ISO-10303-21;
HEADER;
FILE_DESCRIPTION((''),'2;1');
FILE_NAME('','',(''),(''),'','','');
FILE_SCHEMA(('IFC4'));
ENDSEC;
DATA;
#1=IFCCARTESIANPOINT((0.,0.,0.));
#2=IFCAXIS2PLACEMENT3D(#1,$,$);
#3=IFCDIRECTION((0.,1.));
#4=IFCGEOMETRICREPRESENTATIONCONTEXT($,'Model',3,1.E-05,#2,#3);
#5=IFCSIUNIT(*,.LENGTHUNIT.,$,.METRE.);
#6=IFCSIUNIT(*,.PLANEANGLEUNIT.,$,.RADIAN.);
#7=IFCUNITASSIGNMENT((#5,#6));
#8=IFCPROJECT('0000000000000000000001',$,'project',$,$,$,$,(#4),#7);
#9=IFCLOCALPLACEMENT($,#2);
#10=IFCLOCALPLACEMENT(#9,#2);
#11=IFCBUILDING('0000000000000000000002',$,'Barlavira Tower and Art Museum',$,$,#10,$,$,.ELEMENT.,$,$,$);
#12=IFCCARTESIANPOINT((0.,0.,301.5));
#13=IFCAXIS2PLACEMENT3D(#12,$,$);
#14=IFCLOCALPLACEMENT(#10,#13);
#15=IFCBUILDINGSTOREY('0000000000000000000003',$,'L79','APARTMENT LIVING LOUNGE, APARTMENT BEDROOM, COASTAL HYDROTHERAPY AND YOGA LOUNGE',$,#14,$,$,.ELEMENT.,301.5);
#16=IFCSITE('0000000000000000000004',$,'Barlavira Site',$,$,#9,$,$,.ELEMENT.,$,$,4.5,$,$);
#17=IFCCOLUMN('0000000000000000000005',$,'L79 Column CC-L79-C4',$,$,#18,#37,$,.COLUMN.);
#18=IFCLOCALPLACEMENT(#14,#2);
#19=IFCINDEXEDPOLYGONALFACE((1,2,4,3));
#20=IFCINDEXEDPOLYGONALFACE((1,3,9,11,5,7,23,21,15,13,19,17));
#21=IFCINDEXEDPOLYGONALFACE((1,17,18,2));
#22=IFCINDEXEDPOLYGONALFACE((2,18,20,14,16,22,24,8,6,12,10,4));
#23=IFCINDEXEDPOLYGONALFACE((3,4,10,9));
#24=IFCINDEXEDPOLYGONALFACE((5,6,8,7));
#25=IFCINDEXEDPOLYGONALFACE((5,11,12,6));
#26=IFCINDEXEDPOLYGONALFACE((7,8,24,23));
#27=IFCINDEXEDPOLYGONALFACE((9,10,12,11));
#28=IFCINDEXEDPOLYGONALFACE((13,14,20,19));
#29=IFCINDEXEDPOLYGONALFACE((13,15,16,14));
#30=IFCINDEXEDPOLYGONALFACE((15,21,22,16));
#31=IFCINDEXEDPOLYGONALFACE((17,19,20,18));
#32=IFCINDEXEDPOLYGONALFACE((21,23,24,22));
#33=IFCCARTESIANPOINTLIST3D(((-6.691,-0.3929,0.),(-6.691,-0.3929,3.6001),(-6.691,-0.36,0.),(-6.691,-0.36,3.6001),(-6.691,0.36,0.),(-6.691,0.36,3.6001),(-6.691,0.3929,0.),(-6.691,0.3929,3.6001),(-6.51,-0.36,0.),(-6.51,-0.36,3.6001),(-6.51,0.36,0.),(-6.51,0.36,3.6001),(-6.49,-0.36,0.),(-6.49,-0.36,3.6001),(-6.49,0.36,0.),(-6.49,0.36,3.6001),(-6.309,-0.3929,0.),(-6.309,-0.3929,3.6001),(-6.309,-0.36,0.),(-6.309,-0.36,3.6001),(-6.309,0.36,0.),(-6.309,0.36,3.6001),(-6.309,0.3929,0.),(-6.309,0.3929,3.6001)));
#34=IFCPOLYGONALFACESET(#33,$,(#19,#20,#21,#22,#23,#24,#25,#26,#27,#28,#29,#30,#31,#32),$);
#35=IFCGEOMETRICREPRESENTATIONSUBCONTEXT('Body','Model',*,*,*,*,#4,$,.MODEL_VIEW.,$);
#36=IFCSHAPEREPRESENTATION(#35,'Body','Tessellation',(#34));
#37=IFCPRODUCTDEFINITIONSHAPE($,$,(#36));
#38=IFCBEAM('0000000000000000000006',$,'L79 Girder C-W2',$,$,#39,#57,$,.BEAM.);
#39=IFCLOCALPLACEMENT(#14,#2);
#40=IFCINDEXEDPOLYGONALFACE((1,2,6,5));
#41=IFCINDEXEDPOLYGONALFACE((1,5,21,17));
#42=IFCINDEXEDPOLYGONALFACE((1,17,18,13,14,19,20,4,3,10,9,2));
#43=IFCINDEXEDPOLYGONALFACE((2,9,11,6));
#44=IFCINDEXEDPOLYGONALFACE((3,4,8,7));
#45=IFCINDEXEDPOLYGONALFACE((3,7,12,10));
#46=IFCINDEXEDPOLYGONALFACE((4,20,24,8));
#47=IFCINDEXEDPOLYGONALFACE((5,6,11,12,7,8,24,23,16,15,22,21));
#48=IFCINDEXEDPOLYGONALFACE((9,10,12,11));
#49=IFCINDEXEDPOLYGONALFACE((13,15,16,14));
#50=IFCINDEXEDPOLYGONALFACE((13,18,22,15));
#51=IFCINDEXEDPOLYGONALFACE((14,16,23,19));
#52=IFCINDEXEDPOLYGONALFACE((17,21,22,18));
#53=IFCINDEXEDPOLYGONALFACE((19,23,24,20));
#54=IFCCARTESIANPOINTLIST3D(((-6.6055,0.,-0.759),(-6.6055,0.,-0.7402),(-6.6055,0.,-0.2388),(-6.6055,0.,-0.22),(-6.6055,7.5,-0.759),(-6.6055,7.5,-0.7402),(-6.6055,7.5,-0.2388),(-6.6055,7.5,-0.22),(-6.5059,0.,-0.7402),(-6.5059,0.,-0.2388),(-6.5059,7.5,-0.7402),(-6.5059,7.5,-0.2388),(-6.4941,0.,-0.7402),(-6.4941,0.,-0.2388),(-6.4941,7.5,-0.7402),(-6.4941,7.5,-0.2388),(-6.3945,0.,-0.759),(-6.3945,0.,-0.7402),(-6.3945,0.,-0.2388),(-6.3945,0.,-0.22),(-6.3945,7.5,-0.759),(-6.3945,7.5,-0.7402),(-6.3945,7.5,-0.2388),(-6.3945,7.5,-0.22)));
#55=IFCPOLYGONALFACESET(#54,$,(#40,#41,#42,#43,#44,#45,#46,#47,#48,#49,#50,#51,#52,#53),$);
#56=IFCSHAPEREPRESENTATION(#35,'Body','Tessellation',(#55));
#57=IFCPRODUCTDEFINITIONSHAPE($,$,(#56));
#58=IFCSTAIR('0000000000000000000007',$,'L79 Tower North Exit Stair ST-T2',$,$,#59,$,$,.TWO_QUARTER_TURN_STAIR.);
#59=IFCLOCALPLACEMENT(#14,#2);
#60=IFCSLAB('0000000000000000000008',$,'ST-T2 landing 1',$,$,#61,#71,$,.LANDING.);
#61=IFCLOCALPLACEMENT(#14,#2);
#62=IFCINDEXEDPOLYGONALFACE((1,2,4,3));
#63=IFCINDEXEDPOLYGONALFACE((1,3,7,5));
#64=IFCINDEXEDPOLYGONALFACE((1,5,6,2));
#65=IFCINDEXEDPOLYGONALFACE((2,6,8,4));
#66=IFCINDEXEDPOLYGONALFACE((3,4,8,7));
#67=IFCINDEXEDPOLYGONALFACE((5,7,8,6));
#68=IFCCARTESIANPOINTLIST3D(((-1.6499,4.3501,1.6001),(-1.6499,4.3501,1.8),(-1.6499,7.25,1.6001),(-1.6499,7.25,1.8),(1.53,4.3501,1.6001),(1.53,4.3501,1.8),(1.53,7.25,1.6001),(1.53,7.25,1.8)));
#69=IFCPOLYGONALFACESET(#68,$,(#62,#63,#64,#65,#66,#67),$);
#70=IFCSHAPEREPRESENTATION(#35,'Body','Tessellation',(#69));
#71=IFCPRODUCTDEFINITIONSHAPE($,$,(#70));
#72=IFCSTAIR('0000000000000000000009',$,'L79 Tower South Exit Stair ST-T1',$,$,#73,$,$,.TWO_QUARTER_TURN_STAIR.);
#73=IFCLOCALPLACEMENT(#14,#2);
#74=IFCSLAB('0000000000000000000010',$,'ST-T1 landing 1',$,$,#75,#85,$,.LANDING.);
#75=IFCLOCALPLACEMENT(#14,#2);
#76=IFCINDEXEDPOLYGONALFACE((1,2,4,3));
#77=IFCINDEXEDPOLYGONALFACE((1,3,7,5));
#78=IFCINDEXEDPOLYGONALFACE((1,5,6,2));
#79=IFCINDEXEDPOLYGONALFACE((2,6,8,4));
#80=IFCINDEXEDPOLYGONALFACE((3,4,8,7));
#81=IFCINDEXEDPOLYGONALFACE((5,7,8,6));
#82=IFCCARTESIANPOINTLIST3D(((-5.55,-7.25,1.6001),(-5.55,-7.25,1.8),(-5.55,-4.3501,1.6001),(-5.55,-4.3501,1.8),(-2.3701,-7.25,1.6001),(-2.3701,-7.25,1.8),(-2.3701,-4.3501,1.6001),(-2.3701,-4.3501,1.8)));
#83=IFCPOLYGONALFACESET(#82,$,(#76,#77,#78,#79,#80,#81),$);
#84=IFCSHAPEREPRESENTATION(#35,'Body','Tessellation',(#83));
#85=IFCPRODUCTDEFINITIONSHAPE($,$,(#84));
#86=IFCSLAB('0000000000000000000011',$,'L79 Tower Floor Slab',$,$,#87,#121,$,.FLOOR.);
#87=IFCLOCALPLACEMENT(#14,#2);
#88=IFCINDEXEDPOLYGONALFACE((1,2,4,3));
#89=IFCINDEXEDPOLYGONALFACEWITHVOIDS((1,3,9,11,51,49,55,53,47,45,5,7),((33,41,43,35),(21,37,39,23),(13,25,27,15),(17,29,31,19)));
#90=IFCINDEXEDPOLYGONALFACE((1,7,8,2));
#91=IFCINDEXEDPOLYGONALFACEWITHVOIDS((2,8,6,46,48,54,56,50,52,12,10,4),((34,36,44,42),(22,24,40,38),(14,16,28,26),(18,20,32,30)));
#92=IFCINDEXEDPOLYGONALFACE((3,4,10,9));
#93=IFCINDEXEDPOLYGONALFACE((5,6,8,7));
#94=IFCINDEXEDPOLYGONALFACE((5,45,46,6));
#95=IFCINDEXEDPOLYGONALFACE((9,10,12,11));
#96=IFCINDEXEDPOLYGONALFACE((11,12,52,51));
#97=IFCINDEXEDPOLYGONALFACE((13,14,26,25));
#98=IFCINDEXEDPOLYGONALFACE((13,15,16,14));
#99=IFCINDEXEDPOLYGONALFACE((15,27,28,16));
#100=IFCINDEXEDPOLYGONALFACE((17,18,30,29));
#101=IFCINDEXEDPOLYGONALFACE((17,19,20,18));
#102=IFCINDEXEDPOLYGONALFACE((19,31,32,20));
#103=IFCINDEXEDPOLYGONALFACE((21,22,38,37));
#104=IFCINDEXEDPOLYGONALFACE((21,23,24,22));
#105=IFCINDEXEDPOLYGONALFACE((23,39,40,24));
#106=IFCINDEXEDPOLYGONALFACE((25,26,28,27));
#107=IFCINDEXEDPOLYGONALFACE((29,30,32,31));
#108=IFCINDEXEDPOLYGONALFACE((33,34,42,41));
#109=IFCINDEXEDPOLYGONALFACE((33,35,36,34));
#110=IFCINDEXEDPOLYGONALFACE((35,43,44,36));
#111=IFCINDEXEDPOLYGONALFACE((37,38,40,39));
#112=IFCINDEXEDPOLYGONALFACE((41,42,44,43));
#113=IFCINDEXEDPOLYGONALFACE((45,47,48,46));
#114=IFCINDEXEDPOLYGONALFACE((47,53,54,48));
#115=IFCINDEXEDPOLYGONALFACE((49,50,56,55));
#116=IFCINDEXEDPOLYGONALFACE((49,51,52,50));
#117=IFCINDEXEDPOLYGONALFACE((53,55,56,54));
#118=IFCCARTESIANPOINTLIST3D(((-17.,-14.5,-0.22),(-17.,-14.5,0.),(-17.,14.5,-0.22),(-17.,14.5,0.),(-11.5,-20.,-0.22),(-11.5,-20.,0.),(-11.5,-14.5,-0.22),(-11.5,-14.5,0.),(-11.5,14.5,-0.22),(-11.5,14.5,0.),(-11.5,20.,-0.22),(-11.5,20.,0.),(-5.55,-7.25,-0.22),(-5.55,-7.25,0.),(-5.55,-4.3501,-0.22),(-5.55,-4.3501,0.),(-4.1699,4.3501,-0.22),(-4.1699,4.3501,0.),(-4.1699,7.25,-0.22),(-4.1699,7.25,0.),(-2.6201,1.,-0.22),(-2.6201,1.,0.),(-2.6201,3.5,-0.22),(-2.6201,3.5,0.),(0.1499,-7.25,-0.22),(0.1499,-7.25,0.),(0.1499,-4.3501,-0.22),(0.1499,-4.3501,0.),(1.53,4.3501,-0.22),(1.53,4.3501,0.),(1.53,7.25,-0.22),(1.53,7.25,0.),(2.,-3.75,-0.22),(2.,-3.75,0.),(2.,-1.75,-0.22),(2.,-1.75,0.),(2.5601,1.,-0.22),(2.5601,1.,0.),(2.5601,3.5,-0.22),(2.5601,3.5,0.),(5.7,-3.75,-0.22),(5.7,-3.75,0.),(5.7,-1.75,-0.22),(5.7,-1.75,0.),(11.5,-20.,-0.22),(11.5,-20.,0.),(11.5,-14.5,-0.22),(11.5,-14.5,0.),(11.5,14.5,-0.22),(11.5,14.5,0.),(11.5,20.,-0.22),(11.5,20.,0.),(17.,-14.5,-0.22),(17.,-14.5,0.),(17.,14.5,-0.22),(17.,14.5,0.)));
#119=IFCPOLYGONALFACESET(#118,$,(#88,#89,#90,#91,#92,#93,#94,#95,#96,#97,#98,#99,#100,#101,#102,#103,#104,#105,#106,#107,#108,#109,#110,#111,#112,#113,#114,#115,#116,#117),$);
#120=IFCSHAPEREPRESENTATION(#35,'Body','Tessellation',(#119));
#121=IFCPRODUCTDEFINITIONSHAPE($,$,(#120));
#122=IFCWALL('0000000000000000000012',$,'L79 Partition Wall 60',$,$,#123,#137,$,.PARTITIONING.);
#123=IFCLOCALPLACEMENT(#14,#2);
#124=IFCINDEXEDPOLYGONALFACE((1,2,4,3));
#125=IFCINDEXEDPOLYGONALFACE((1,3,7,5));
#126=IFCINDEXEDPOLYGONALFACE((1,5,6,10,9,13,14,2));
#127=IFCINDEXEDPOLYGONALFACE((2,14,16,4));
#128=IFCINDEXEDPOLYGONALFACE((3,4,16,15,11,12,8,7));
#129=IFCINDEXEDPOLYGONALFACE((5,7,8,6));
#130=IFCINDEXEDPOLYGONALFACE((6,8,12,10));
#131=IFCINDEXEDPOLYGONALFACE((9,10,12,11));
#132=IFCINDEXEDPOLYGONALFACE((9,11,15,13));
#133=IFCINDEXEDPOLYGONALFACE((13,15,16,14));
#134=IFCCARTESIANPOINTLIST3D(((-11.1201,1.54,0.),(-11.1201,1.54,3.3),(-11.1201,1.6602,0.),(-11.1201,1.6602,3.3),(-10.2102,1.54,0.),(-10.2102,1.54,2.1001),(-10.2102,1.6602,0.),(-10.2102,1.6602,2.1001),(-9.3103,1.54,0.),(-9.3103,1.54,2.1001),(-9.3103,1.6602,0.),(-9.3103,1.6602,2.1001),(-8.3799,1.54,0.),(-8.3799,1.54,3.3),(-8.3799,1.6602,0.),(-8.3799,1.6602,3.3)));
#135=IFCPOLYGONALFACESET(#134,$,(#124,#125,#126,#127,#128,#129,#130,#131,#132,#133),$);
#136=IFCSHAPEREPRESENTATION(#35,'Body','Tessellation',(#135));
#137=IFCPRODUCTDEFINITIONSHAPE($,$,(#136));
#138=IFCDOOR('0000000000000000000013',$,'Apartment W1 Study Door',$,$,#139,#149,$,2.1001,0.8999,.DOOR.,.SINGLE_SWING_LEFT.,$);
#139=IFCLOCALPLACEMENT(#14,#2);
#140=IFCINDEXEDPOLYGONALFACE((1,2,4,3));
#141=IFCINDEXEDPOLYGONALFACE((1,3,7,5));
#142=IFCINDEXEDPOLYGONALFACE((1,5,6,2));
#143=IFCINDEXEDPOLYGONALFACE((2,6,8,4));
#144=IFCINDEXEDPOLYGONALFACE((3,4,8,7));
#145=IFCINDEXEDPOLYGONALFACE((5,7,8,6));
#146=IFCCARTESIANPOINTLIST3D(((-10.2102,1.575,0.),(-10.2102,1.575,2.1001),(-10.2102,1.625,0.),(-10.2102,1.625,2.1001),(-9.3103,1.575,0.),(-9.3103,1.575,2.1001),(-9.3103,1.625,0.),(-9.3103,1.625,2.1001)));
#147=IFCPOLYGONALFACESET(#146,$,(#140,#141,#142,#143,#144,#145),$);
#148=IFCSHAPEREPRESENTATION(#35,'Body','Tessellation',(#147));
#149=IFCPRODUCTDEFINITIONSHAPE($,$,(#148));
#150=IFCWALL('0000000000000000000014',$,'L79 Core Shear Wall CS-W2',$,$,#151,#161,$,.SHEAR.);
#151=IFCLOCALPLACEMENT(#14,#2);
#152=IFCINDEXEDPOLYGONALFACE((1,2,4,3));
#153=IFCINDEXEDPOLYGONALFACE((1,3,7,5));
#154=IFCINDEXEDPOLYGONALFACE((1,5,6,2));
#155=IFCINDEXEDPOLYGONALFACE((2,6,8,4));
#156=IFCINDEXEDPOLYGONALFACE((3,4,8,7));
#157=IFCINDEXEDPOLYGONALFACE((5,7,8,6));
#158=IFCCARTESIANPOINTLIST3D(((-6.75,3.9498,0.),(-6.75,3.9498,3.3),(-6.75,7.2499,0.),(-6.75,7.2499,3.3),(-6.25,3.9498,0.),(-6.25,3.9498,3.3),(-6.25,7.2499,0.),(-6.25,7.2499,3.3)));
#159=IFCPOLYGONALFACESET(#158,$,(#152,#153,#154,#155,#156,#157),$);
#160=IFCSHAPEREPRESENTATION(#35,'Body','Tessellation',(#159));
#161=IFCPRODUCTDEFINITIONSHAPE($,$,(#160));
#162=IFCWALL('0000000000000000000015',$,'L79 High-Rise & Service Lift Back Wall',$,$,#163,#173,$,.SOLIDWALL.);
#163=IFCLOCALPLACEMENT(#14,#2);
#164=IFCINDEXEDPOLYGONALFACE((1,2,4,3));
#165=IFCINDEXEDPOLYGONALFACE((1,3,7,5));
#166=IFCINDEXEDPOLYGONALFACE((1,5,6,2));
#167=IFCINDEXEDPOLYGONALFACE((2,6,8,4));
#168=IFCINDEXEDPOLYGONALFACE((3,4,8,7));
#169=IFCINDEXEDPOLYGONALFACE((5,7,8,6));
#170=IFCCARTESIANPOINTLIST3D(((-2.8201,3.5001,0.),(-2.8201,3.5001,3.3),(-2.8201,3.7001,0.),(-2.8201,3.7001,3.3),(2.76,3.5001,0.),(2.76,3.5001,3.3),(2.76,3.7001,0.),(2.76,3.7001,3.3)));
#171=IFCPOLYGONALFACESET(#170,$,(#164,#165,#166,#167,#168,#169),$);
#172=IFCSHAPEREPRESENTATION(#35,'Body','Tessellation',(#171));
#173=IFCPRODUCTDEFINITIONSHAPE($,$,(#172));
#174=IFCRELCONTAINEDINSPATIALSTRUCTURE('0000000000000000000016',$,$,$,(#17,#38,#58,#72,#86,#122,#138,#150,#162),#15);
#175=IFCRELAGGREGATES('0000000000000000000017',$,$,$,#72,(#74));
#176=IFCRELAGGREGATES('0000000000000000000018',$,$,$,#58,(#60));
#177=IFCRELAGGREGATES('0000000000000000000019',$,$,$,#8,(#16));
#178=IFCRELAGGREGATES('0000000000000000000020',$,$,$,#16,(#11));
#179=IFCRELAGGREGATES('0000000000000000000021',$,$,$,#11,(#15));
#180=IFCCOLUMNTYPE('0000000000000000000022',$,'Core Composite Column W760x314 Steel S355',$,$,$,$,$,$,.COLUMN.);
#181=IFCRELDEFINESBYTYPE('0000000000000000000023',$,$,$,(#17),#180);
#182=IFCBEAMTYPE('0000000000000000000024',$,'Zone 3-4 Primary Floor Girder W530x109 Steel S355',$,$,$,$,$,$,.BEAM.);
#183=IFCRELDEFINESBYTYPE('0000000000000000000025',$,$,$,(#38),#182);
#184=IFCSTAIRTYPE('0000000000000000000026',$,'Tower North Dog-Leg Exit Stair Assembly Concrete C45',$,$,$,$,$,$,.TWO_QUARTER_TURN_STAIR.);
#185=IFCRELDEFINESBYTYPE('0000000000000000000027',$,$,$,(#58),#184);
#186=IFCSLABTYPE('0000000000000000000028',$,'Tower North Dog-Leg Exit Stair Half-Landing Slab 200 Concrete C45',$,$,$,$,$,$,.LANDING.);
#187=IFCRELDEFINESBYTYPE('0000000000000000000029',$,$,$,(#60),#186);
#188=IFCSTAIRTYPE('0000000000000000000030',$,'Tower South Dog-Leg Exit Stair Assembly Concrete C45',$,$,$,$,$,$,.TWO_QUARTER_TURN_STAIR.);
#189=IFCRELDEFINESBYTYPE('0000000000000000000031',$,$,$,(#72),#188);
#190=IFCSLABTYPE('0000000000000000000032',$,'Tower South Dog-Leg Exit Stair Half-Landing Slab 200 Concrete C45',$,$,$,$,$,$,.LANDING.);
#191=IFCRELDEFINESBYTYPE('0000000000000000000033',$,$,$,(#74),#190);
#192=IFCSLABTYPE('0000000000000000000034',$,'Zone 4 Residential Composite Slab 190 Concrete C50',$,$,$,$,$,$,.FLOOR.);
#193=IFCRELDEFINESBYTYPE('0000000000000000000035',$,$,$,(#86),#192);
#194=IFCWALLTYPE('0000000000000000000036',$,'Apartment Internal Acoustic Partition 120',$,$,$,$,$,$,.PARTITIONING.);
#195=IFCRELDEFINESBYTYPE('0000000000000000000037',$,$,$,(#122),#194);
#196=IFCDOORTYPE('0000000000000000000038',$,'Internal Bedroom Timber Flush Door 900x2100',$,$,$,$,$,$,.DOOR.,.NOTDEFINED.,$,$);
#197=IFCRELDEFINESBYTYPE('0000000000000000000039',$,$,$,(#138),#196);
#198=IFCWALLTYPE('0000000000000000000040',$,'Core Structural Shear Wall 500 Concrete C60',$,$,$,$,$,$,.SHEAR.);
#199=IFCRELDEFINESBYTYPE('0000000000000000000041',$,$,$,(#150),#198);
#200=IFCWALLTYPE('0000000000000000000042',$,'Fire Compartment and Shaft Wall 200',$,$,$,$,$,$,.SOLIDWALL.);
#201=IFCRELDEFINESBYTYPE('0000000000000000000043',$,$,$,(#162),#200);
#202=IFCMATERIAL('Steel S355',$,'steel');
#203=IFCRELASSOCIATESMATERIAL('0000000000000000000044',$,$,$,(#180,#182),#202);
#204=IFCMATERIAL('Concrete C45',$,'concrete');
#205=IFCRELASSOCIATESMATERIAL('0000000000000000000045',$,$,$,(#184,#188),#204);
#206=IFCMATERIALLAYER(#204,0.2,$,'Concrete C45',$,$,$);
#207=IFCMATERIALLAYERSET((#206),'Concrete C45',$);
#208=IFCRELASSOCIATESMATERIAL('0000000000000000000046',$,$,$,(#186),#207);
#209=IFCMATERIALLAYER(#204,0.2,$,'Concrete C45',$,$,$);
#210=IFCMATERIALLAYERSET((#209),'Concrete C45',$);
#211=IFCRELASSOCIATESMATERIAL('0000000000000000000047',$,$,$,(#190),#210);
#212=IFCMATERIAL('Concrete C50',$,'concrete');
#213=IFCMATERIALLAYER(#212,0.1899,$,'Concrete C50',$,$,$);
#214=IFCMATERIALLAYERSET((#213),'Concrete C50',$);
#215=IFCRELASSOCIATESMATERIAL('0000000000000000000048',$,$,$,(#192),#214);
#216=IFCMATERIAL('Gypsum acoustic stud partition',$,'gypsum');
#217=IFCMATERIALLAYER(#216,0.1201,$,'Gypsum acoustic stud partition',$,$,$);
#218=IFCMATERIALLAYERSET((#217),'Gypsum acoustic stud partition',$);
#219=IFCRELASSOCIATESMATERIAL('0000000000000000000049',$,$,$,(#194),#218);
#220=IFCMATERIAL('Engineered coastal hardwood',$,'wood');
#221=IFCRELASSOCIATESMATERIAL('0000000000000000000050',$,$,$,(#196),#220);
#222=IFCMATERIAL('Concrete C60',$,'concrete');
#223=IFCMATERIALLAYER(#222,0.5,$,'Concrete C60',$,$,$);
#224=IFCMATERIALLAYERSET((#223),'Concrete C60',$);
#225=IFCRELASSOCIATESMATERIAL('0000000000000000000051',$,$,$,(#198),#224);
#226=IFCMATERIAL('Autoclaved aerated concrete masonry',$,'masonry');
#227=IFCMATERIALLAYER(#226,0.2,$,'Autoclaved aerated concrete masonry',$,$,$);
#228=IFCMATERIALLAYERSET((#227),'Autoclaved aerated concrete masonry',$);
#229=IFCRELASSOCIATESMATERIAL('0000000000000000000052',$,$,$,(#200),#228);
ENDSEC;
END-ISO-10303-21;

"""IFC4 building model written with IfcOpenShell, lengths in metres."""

from ifc_helpers import new_model, si_unit, direction, frame, frame_2d, origin, origin_2d, place, context, subcontext, project, spatial, polyline, rectangle, i_section, outline, extrude, material, layer, layer_set, material_profile, profile_set, type_object, element, fill, aggregate, save


model = new_model("IFC4")

# Units and contexts
model_context = context("Model", 3, precision=1e-05, world=origin(), true_north=direction((0.0, 1.0)))
body_context = subcontext(model_context, "Body", "Model", "MODEL_VIEW")
ifc_project = project(units=[si_unit("LENGTHUNIT", "METRE"), si_unit("PLANEANGLEUNIT", "RADIAN")], contexts=[model_context])

# Site, building, storey
site_placement = place(None, origin())
site = spatial("IfcSite", under=ifc_project, at=site_placement, Name="Barlavira Site", CompositionType="ELEMENT", RefElevation=4.5)
building_placement = place(site_placement, origin())
building = spatial("IfcBuilding", under=site, at=building_placement, Name="Barlavira Tower and Art Museum", CompositionType="ELEMENT")
storey_placement = place(building_placement, frame((0.0, 0.0, 301.5)))
storey = spatial("IfcBuildingStorey", under=building, at=storey_placement, Name="L79", Description="APARTMENT LIVING LOUNGE, APARTMENT BEDROOM, COASTAL HYDROTHERAPY AND YOGA LOUNGE", CompositionType="ELEMENT", Elevation=301.5)

# Column
ifc_material_1 = material(Name="Steel S355", Category="steel")
ifc_material_profile_1 = material_profile(ifc_material_1, i_section(OverallWidth=0.3821, OverallDepth=0.7859, WebThickness=0.02, FlangeThickness=0.033, at=origin_2d()), Name="W760x314.0")
ifc_profile_set_1 = profile_set([ifc_material_profile_1], Name="Steel S355")
column_type = type_object("IfcColumnType", Name="Core Composite Column W760x314 Steel S355", PredefinedType="COLUMN", material=ifc_profile_set_1)
column_placement = place(storey_placement, frame((-6.5, 0.0, 0.0), z_axis=(0.0, 0.0, 1.0), x_axis=(1.0, 0.0, 0.0)))
element("IfcColumn", 1, at=column_placement, inside=storey, type_object=column_type, Name="L79 Column CC-L79-C4", PredefinedType="COLUMN", context=body_context, shape_type="SweptSolid", body=[
    extrude(i_section(OverallWidth=0.3821, OverallDepth=0.7859, WebThickness=0.02, FlangeThickness=0.033, at=origin_2d()), origin(), (0.0, 0.0, 1.0), 3.6001),
])

# Beam
ifc_material_profile_2 = material_profile(ifc_material_1, i_section(OverallWidth=0.2109, OverallDepth=0.5391, WebThickness=0.0117, FlangeThickness=0.0188, at=origin_2d()), Name="W530x109.0")
ifc_profile_set_2 = profile_set([ifc_material_profile_2], Name="Steel S355")
beam_type = type_object("IfcBeamType", Name="Zone 3-4 Primary Floor Girder W530x109 Steel S355", PredefinedType="BEAM", material=ifc_profile_set_2)
beam_placement = place(storey_placement, frame((-6.5, 0.0, -0.4895), z_axis=(0.0, 1.0, 0.0), x_axis=(-1.0, 0.0, 0.0)))
element("IfcBeam", 2, at=beam_placement, inside=storey, type_object=beam_type, Name="L79 Girder C-W2", PredefinedType="BEAM", context=body_context, shape_type="SweptSolid", body=[
    extrude(i_section(OverallWidth=0.2109, OverallDepth=0.5391, WebThickness=0.0117, FlangeThickness=0.0188, at=origin_2d()), origin(), (0.0, 0.0, 1.0), 7.5),
])

# Stairs, slabs
ifc_material_2 = material(Name="Concrete C45", Category="concrete")
stair_type_1 = type_object("IfcStairType", Name="Tower North Dog-Leg Exit Stair Assembly Concrete C45", PredefinedType="TWO_QUARTER_TURN_STAIR", material=ifc_material_2)
stair_1_placement = place(storey_placement, origin())
stair_1 = element("IfcStair", 3, at=stair_1_placement, inside=storey, type_object=stair_type_1, Name="L79 Tower North Exit Stair ST-T2", PredefinedType="TWO_QUARTER_TURN_STAIR")
ifc_layer_1 = layer(ifc_material_2, 0.2, Name="Concrete C45")
ifc_layer_set_1 = layer_set([ifc_layer_1], Name="Concrete C45")
slab_type_1 = type_object("IfcSlabType", Name="Tower North Dog-Leg Exit Stair Half-Landing Slab 200 Concrete C45", PredefinedType="LANDING", material=ifc_layer_set_1)
slab_1_placement = place(storey_placement, frame((0.0, 0.0, 1.6001)))
slab_1 = element("IfcSlab", 4, at=slab_1_placement, type_object=slab_type_1, Name="ST-T2 landing 1", PredefinedType="LANDING", context=body_context, shape_type="SweptSolid", body=[
    extrude(outline(polyline([(-1.6499, 4.3501), (1.53, 4.3501), (1.53, 7.25), (-1.6499, 7.25), (-1.6499, 4.3501)])), origin(), (0.0, 0.0, 1.0), 0.2),
])
stair_type_2 = type_object("IfcStairType", Name="Tower South Dog-Leg Exit Stair Assembly Concrete C45", PredefinedType="TWO_QUARTER_TURN_STAIR", material=ifc_material_2)
stair_2_placement = place(storey_placement, origin())
stair_2 = element("IfcStair", 5, at=stair_2_placement, inside=storey, type_object=stair_type_2, Name="L79 Tower South Exit Stair ST-T1", PredefinedType="TWO_QUARTER_TURN_STAIR")
ifc_layer_2 = layer(ifc_material_2, 0.2, Name="Concrete C45")
ifc_layer_set_2 = layer_set([ifc_layer_2], Name="Concrete C45")
slab_type_2 = type_object("IfcSlabType", Name="Tower South Dog-Leg Exit Stair Half-Landing Slab 200 Concrete C45", PredefinedType="LANDING", material=ifc_layer_set_2)
slab_2_placement = place(storey_placement, frame((0.0, 0.0, 1.6001)))
slab_2 = element("IfcSlab", 6, at=slab_2_placement, type_object=slab_type_2, Name="ST-T1 landing 1", PredefinedType="LANDING", context=body_context, shape_type="SweptSolid", body=[
    extrude(outline(polyline([(-2.3701, -4.3501), (-5.55, -4.3501), (-5.55, -7.25), (-2.3701, -7.25), (-2.3701, -4.3501)])), origin(), (0.0, 0.0, 1.0), 0.2),
])
aggregate(stair_2, [slab_2])

# Slab
ifc_material_3 = material(Name="Concrete C50", Category="concrete")
ifc_layer_3 = layer(ifc_material_3, 0.1899, Name="Concrete C50")
ifc_layer_set_3 = layer_set([ifc_layer_3], Name="Concrete C50")
slab_type_3 = type_object("IfcSlabType", Name="Zone 4 Residential Composite Slab 190 Concrete C50", PredefinedType="FLOOR", material=ifc_layer_set_3)
slab_3_placement = place(storey_placement, frame((0.0, 0.0, -0.22)))
element("IfcSlab", 7, at=slab_3_placement, inside=storey, type_object=slab_type_3, Name="L79 Tower Floor Slab", PredefinedType="FLOOR", context=body_context, shape_type="SweptSolid", body=[
    extrude(outline(polyline([(-11.5, -20.0), (11.5, -20.0), (11.5, -14.5), (17.0, -14.5), (17.0, 14.5), (11.5, 14.5), (11.5, 20.0), (-11.5, 20.0), (-11.5, 14.5), (-17.0, 14.5), (-17.0, -14.5), (-11.5, -14.5), (-11.5, -20.0)]), holes=[polyline([(0.1499, -4.3501), (-5.55, -4.3501), (-5.55, -7.25), (0.1499, -7.25), (0.1499, -4.3501)]), polyline([(-4.1699, 4.3501), (1.53, 4.3501), (1.53, 7.25), (-4.1699, 7.25), (-4.1699, 4.3501)]), polyline([(-2.6201, 1.0), (2.5601, 1.0), (2.5601, 3.5), (-2.6201, 3.5), (-2.6201, 1.0)]), polyline([(2.0, -3.75), (5.7, -3.75), (5.7, -1.75), (2.0, -1.75), (2.0, -3.75)])]), origin(), (0.0, 0.0, 1.0), 0.22),
])

# Wall, opening, door
ifc_material_4 = material(Name="Gypsum acoustic stud partition", Category="gypsum")
ifc_layer_4 = layer(ifc_material_4, 0.1201, Name="Gypsum acoustic stud partition")
ifc_layer_set_4 = layer_set([ifc_layer_4], Name="Gypsum acoustic stud partition")
wall_type_1 = type_object("IfcWallType", Name="Apartment Internal Acoustic Partition 120", PredefinedType="PARTITIONING", material=ifc_layer_set_4)
wall_1_placement = place(storey_placement, frame((-11.1201, 1.6001, 0.0), z_axis=(0.0, 0.0, 1.0), x_axis=(1.0, 0.0, 0.0)))
wall_1 = element("IfcWall", 8, at=wall_1_placement, inside=storey, type_object=wall_type_1, Name="L79 Partition Wall 60", PredefinedType="PARTITIONING", context=body_context, shape_type="SweptSolid", body=[
    extrude(rectangle(XDim=2.7402, YDim=0.1201, at=frame_2d((1.3701, 0.0))), origin(), (0.0, 0.0, 1.0), 3.3),
])
opening_1_placement = place(wall_1_placement, frame((0.9099, 0.0, 0.0)))
opening_1 = element("IfcOpeningElement", 9, at=opening_1_placement, cuts=wall_1, PredefinedType="OPENING", context=body_context, shape_type="SweptSolid", body=[
    extrude(rectangle(XDim=0.8999, YDim=2.1001, at=frame_2d((0.45, 1.05))), frame((0.0, 0.0701, 0.0), z_axis=(0.0, -1.0, 0.0), x_axis=(1.0, 0.0, 0.0)), (0.0, 0.0, 1.0), 0.1401),
])
ifc_material_5 = material(Name="Engineered coastal hardwood", Category="wood")
door_type_1 = type_object("IfcDoorType", Name="Internal Bedroom Timber Flush Door 900x2100", OperationType="NOTDEFINED", PredefinedType="DOOR", material=ifc_material_5)
door_1_placement = place(opening_1_placement, origin())
door_1 = element("IfcDoor", 10, at=door_1_placement, inside=storey, type_object=door_type_1, Name="Apartment W1 Study Door", OperationType="SINGLE_SWING_LEFT", OverallHeight=2.1001, OverallWidth=0.8999, PredefinedType="DOOR", context=body_context, shape_type="SweptSolid", body=[
    extrude(rectangle(XDim=0.8999, YDim=2.1001, at=frame_2d((0.45, 1.05))), frame((0.0, 0.0249, 0.0), z_axis=(0.0, -1.0, 0.0), x_axis=(1.0, 0.0, 0.0)), (0.0, 0.0, 1.0), 0.05),
])
fill(opening_1, door_1)

# Wall
ifc_material_6 = material(Name="Concrete C60", Category="concrete")
ifc_layer_5 = layer(ifc_material_6, 0.5, Name="Concrete C60")
ifc_layer_set_5 = layer_set([ifc_layer_5], Name="Concrete C60")
wall_type_2 = type_object("IfcWallType", Name="Core Structural Shear Wall 500 Concrete C60", PredefinedType="SHEAR", material=ifc_layer_set_5)
wall_2_placement = place(storey_placement, frame((-6.5, 3.95, 0.0), z_axis=(0.0, 0.0, 1.0), x_axis=(0.0, 1.0, 0.0)))
element("IfcWall", 11, at=wall_2_placement, inside=storey, type_object=wall_type_2, Name="L79 Core Shear Wall CS-W2", PredefinedType="SHEAR", context=body_context, shape_type="SweptSolid", body=[
    extrude(rectangle(XDim=3.3, YDim=0.5, at=frame_2d((1.6499, 0.0))), origin(), (0.0, 0.0, 1.0), 3.3),
])

# Shared definitions
ifc_material_7 = material(Name="Autoclaved aerated concrete masonry", Category="masonry")
ifc_layer_6 = layer(ifc_material_7, 0.2, Name="Autoclaved aerated concrete masonry")
ifc_layer_set_6 = layer_set([ifc_layer_6], Name="Autoclaved aerated concrete masonry")
wall_type_3 = type_object("IfcWallType", Name="Fire Compartment and Shaft Wall 200", PredefinedType="SOLIDWALL", material=ifc_layer_set_6)

# Wall
wall_3_placement = place(storey_placement, frame((-2.8201, 3.6001, 0.0), z_axis=(0.0, 0.0, 1.0), x_axis=(1.0, 0.0, 0.0)))
element("IfcWall", 12, at=wall_3_placement, inside=storey, type_object=wall_type_3, Name="L79 High-Rise & Service Lift Back Wall", PredefinedType="SOLIDWALL", context=body_context, shape_type="SweptSolid", body=[
    extrude(rectangle(XDim=5.5801, YDim=0.2, at=frame_2d((2.79, 0.0))), origin(), (0.0, 0.0, 1.0), 3.3),
])

aggregate(stair_1, [slab_1])

save(model, "model.ifc")
